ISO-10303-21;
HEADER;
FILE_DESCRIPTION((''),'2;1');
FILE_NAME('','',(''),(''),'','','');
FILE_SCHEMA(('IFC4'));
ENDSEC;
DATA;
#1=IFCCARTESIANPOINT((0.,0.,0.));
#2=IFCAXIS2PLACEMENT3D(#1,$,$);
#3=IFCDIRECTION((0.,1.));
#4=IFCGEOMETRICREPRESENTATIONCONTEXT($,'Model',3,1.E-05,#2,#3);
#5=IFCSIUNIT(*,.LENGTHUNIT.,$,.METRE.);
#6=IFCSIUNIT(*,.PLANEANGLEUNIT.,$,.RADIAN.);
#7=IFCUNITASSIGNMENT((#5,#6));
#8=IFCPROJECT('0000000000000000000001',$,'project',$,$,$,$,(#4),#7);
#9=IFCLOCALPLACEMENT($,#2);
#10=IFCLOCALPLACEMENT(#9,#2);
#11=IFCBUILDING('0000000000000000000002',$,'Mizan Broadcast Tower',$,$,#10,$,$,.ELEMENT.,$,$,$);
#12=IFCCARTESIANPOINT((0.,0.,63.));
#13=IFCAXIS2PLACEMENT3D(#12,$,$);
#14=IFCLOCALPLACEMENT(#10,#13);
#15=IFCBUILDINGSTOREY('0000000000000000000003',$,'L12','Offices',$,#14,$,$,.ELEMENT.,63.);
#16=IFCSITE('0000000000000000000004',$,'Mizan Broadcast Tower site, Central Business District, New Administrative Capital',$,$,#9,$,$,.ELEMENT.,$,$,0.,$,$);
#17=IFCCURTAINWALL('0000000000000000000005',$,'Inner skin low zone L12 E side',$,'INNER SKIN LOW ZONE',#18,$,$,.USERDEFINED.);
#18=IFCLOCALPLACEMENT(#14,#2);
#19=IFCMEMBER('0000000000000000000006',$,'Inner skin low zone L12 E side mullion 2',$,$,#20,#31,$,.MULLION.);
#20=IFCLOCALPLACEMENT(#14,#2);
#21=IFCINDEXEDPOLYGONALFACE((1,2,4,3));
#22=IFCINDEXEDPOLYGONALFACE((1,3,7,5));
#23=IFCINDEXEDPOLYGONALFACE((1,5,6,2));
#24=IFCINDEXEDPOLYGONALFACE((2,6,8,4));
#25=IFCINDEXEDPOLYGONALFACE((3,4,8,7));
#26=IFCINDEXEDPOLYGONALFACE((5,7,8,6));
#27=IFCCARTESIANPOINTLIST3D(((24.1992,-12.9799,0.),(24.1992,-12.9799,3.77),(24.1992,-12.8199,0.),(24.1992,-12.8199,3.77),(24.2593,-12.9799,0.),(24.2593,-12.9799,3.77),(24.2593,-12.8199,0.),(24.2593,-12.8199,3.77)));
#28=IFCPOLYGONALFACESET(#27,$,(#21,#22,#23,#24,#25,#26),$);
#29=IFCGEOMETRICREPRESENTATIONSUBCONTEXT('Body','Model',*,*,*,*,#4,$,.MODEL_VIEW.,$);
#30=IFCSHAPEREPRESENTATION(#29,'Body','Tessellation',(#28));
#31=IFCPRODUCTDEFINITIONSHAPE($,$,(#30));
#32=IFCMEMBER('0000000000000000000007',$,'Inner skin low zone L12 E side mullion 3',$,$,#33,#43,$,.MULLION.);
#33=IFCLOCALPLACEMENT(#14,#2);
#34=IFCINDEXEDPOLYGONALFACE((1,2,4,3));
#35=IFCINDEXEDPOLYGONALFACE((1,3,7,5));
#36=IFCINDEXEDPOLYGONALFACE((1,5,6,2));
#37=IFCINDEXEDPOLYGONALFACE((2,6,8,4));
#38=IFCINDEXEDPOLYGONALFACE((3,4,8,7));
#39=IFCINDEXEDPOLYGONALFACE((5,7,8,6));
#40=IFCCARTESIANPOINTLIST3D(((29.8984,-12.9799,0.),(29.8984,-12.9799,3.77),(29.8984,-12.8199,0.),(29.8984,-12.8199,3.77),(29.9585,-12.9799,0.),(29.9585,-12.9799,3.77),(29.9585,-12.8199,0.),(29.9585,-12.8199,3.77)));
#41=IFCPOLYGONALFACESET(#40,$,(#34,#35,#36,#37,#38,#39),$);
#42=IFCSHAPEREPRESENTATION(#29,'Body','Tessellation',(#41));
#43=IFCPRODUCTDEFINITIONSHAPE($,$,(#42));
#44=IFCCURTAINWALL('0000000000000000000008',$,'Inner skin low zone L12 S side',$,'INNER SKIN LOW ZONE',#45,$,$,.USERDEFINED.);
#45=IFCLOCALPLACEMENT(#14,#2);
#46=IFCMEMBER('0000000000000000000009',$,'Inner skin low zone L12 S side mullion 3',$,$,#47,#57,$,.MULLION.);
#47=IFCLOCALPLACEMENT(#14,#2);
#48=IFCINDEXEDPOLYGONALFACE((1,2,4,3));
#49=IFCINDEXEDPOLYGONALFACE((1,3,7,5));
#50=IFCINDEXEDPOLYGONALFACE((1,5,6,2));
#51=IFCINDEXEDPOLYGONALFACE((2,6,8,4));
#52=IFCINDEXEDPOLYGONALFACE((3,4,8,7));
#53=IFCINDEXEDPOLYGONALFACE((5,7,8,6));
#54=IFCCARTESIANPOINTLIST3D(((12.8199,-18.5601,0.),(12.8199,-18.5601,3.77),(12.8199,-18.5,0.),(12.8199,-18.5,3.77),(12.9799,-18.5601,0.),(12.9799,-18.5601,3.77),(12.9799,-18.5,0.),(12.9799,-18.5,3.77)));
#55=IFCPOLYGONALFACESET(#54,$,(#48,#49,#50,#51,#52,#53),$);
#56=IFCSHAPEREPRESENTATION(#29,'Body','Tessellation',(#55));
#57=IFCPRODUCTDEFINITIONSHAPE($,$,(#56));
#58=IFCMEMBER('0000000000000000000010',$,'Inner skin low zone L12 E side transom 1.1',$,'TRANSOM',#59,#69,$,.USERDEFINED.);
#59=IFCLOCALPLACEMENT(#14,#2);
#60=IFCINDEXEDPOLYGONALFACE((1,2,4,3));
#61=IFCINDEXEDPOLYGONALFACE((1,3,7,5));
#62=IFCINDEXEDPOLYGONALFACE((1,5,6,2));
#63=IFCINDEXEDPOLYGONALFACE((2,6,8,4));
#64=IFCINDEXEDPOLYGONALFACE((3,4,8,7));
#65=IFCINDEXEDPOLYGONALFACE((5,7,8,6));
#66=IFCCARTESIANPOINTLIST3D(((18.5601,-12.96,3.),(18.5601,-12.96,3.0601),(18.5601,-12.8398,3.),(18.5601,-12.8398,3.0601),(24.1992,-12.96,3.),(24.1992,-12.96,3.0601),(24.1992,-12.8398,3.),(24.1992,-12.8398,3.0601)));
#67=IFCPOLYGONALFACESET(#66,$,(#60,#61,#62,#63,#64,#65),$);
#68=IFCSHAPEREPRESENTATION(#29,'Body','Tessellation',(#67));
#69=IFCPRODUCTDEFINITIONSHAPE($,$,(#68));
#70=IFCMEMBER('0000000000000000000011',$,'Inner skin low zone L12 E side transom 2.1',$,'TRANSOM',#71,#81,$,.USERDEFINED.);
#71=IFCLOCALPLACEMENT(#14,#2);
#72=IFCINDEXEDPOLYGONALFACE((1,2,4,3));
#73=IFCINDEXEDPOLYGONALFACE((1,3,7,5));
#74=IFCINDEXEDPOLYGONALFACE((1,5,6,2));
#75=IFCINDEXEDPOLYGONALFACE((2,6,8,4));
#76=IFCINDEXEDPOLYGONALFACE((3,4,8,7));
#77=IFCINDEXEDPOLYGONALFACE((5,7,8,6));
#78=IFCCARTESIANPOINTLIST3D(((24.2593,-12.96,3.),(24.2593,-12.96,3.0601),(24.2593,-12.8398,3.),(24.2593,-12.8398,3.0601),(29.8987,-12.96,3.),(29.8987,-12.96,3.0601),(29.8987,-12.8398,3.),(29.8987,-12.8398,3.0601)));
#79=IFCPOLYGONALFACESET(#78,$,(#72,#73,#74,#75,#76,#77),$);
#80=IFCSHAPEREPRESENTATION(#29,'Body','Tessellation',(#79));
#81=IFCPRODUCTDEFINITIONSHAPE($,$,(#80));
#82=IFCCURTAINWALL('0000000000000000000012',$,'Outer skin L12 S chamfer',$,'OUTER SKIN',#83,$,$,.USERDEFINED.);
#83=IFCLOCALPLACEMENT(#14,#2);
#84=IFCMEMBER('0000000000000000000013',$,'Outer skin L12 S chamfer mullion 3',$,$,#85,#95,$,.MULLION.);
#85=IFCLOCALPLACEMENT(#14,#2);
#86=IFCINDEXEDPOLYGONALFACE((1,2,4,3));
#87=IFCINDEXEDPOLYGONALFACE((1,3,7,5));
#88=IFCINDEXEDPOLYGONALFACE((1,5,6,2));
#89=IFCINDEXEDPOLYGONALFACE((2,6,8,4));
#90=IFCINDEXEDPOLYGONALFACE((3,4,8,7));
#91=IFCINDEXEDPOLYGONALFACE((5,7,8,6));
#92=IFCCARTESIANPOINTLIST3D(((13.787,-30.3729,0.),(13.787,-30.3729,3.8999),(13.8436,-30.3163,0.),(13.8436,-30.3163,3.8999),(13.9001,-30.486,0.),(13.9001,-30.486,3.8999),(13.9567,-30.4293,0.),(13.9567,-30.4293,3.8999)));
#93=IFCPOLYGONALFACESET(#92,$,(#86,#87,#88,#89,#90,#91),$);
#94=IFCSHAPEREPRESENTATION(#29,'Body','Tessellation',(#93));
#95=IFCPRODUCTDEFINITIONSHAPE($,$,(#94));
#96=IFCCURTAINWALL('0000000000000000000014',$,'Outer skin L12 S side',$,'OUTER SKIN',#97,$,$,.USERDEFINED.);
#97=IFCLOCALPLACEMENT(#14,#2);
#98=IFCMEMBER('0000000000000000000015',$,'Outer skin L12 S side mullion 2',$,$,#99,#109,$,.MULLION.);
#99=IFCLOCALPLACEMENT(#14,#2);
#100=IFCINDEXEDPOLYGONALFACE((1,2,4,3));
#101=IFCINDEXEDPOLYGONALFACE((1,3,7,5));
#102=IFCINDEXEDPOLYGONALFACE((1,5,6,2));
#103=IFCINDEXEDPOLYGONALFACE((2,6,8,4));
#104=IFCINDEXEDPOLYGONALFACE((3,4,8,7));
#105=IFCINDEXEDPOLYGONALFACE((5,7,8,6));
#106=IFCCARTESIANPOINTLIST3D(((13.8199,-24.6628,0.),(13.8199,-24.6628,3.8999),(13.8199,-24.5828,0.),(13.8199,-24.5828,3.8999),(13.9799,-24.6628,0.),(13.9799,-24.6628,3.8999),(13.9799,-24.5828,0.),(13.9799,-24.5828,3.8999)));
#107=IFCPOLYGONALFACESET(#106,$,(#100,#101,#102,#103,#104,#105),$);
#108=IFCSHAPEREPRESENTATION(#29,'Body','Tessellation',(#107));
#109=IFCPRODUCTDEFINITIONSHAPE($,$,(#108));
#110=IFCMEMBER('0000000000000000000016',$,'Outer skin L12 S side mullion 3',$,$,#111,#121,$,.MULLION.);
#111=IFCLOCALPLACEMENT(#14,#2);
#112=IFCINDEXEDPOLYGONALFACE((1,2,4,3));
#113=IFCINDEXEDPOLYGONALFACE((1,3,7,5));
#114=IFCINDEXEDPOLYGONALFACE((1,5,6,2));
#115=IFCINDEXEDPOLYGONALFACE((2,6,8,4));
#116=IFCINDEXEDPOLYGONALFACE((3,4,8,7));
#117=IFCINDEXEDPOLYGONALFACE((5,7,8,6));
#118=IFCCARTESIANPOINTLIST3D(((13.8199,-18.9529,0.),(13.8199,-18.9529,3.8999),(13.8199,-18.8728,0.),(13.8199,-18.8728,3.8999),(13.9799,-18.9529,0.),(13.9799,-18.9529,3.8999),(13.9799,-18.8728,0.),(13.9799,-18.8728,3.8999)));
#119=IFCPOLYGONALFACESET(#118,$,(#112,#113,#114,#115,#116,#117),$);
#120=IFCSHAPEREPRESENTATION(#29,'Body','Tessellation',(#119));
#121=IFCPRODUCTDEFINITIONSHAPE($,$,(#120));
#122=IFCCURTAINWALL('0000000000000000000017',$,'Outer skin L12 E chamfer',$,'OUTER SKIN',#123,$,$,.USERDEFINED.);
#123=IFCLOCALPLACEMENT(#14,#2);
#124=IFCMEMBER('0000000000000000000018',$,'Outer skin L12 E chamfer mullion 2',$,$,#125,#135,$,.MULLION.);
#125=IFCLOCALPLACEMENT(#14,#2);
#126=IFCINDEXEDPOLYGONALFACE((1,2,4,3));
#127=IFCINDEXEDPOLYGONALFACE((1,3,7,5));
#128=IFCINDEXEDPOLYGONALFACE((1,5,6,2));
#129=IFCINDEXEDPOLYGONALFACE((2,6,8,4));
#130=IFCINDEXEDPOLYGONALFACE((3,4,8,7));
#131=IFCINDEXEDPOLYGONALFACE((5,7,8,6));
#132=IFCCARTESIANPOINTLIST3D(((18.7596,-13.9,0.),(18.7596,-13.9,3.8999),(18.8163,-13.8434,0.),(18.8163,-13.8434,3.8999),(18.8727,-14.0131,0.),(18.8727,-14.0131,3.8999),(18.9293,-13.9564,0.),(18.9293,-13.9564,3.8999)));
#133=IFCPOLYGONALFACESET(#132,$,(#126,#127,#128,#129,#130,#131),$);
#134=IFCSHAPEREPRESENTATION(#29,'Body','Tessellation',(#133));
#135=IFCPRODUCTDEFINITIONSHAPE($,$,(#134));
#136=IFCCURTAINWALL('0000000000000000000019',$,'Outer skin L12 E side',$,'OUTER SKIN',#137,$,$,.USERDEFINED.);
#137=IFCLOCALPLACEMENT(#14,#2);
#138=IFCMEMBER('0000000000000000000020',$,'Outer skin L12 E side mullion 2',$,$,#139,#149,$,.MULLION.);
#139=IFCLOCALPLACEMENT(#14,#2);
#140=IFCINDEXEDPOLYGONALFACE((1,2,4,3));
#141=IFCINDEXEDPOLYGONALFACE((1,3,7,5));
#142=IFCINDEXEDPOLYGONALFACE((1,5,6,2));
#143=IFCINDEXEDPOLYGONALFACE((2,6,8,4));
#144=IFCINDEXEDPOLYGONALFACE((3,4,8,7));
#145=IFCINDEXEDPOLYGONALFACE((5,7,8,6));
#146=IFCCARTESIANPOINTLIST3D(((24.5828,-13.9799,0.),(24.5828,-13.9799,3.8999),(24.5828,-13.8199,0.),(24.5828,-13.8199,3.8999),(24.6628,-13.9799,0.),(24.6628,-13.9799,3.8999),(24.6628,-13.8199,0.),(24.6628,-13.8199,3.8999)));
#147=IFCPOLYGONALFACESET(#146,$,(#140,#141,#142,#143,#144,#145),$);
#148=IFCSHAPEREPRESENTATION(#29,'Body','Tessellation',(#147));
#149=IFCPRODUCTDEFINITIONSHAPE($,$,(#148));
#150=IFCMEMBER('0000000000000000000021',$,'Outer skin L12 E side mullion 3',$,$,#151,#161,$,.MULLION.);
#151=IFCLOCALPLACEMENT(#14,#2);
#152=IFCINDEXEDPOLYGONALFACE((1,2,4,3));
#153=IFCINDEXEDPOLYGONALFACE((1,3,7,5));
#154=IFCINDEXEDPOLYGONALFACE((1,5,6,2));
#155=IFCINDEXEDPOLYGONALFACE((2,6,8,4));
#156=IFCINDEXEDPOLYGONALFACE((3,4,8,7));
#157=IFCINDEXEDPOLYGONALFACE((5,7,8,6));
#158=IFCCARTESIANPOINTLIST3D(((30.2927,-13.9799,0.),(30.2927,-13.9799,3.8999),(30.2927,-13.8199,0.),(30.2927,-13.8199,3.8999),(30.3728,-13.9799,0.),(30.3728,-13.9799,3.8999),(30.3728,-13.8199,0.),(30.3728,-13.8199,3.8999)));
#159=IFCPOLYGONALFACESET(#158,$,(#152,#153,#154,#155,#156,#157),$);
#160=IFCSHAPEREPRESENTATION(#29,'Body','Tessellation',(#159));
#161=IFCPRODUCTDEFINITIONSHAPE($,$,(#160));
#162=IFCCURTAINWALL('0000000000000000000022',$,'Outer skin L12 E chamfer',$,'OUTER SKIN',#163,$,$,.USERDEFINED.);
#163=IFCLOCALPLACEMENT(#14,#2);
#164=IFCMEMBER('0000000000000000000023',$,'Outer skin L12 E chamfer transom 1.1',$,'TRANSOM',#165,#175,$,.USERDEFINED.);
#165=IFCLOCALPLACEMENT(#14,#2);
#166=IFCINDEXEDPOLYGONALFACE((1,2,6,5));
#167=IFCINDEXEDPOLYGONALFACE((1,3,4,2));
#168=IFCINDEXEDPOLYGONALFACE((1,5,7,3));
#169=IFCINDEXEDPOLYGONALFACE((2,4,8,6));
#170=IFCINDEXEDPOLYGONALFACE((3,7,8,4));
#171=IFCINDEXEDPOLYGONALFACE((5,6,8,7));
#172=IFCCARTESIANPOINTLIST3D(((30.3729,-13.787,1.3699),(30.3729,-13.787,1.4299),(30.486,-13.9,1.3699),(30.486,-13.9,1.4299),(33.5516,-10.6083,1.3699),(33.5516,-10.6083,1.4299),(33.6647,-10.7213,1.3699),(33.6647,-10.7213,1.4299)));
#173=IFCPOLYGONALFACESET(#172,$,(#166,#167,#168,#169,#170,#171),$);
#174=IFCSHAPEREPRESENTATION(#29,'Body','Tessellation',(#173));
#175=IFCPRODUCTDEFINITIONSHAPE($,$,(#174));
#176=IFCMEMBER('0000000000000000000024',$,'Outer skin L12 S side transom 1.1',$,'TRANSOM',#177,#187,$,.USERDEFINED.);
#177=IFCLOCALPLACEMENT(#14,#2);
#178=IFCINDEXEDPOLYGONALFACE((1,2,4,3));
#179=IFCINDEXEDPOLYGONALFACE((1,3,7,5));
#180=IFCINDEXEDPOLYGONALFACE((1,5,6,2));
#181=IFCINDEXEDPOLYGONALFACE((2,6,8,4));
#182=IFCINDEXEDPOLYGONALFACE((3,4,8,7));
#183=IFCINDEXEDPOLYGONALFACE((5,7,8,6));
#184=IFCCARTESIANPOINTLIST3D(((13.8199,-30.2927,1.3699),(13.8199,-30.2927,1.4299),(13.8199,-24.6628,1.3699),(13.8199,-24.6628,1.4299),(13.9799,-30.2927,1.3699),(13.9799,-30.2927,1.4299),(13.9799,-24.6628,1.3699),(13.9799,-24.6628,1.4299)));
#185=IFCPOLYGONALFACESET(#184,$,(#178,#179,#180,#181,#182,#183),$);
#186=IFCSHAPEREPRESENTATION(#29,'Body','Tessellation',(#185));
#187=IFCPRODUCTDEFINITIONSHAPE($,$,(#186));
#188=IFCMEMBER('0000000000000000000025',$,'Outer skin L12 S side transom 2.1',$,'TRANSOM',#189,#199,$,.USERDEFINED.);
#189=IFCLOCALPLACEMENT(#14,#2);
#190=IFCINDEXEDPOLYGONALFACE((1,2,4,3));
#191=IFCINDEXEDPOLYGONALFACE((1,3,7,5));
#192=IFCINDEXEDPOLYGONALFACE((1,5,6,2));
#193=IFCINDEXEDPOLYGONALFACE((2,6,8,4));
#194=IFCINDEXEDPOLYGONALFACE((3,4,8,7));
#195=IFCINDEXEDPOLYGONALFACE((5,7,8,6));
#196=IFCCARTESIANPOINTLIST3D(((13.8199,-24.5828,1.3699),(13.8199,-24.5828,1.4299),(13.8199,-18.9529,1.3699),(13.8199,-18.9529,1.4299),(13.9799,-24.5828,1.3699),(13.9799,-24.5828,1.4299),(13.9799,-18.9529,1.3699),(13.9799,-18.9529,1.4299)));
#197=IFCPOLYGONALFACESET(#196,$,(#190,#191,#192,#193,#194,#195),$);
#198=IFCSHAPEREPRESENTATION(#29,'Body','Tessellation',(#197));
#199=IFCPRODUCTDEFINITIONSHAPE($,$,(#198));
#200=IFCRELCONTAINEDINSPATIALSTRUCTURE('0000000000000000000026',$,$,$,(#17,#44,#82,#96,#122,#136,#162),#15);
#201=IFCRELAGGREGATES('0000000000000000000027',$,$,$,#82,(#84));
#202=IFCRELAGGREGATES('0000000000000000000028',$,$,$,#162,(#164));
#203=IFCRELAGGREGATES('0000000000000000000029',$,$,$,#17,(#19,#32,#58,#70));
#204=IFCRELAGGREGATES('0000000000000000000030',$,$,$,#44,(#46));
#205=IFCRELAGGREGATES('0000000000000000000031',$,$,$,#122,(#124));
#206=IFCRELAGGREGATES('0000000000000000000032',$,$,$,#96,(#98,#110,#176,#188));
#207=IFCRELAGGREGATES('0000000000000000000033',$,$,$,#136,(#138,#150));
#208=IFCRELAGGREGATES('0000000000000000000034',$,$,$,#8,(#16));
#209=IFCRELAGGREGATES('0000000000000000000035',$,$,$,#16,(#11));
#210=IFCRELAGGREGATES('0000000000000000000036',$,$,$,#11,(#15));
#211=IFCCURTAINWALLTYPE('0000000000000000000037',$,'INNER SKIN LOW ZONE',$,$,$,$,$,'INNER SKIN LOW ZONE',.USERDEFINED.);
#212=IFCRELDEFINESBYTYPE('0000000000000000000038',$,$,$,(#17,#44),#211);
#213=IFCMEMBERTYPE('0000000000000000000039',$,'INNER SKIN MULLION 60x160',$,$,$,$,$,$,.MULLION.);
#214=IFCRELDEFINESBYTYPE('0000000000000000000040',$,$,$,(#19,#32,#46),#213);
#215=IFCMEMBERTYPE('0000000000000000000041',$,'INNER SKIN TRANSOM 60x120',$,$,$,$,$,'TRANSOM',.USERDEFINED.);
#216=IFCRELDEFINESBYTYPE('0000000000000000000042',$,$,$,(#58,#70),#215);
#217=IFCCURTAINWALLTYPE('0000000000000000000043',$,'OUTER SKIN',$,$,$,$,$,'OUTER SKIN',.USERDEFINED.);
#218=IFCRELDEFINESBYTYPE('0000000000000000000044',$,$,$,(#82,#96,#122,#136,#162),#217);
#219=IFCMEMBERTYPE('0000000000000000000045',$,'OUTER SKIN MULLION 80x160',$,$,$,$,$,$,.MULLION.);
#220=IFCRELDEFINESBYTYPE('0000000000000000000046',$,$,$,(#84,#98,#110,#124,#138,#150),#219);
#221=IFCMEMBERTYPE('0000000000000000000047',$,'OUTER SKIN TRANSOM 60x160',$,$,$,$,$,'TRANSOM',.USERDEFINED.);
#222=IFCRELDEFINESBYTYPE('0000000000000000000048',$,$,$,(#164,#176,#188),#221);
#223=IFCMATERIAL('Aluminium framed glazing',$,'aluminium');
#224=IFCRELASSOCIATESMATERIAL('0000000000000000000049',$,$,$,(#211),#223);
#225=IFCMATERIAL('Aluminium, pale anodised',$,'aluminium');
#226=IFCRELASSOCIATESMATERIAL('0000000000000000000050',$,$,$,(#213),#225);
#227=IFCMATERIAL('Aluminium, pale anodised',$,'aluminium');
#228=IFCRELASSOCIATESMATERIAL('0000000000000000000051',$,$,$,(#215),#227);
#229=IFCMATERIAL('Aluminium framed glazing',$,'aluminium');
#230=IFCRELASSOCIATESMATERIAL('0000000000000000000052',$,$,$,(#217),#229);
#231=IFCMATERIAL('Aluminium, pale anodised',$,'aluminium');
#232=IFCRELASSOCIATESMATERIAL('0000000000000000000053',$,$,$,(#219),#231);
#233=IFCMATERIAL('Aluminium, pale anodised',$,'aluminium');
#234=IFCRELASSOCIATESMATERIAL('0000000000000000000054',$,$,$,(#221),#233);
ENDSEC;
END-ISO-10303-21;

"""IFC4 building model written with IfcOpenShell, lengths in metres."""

from ifc_helpers import new_model, si_unit, direction, frame, origin, origin_2d, place, context, subcontext, project, spatial, rectangle, extrude, material, material_profile, profile_set, type_object, element, aggregate, save


model = new_model("IFC4")

# Units and contexts
model_context = context("Model", 3, precision=1e-05, world=origin(), true_north=direction((0.0, 1.0)))
body_context = subcontext(model_context, "Body", "Model", "MODEL_VIEW")
ifc_project = project(units=[si_unit("LENGTHUNIT", "METRE"), si_unit("PLANEANGLEUNIT", "RADIAN")], contexts=[model_context])

# Site, building, storey
site_placement = place(None, origin())
site = spatial("IfcSite", under=ifc_project, at=site_placement, Name="Mizan Broadcast Tower site, Central Business District, New Administrative Capital", CompositionType="ELEMENT", RefElevation=0.0)
building_placement = place(site_placement, origin())
building = spatial("IfcBuilding", under=site, at=building_placement, Name="Mizan Broadcast Tower", CompositionType="ELEMENT")
storey_placement = place(building_placement, frame((0.0, 0.0, 63.0)))
storey = spatial("IfcBuildingStorey", under=building, at=storey_placement, Name="L12", Description="Offices", CompositionType="ELEMENT", Elevation=63.0)

# Curtain wall, members
ifc_material_1 = material(Name="Aluminium framed glazing", Category="aluminium")
curtain_wall_type_1 = type_object("IfcCurtainWallType", Name="INNER SKIN LOW ZONE", ElementType="INNER SKIN LOW ZONE", PredefinedType="USERDEFINED", material=ifc_material_1)
curtain_wall_1_placement = place(storey_placement, origin())
curtain_wall_1 = element("IfcCurtainWall", 1, at=curtain_wall_1_placement, inside=storey, type_object=curtain_wall_type_1, Name="Inner skin low zone L12 E side", ObjectType="INNER SKIN LOW ZONE", PredefinedType="USERDEFINED")
ifc_material_2 = material(Name="Aluminium, pale anodised", Category="aluminium")
ifc_material_profile_1 = material_profile(ifc_material_2, rectangle(XDim=0.1599, YDim=0.0601, at=origin_2d()), Name="MULLION 160x60")
ifc_profile_set_1 = profile_set([ifc_material_profile_1], Name="Aluminium, pale anodised")
member_type_1 = type_object("IfcMemberType", Name="INNER SKIN MULLION 60x160", PredefinedType="MULLION", material=ifc_profile_set_1)
member_1_placement = place(storey_placement, frame((24.2292, -12.8999, 0.0), z_axis=(0.0, 0.0, 1.0), x_axis=(0.0, 1.0, 0.0)))
member_1 = element("IfcMember", 2, at=member_1_placement, type_object=member_type_1, Name="Inner skin low zone L12 E side mullion 2", PredefinedType="MULLION", context=body_context, shape_type="SweptSolid", body=[
    extrude(rectangle(XDim=0.1599, YDim=0.0601, at=origin_2d()), origin(), (0.0, 0.0, 1.0), 3.77),
])
member_2_placement = place(storey_placement, frame((29.9285, -12.8999, 0.0), z_axis=(0.0, 0.0, 1.0), x_axis=(0.0, 1.0, 0.0)))
member_2 = element("IfcMember", 3, at=member_2_placement, type_object=member_type_1, Name="Inner skin low zone L12 E side mullion 3", PredefinedType="MULLION", context=body_context, shape_type="SweptSolid", body=[
    extrude(rectangle(XDim=0.1599, YDim=0.0601, at=origin_2d()), origin(), (0.0, 0.0, 1.0), 3.77),
])

# Curtain wall, member
curtain_wall_2_placement = place(storey_placement, origin())
curtain_wall_2 = element("IfcCurtainWall", 4, at=curtain_wall_2_placement, inside=storey, type_object=curtain_wall_type_1, Name="Inner skin low zone L12 S side", ObjectType="INNER SKIN LOW ZONE", PredefinedType="USERDEFINED")
member_3_placement = place(storey_placement, frame((12.8999, -18.53, 0.0), z_axis=(0.0, 0.0, 1.0), x_axis=(-1.0, 0.0, 0.0)))
member_3 = element("IfcMember", 5, at=member_3_placement, type_object=member_type_1, Name="Inner skin low zone L12 S side mullion 3", PredefinedType="MULLION", context=body_context, shape_type="SweptSolid", body=[
    extrude(rectangle(XDim=0.1599, YDim=0.0601, at=origin_2d()), origin(), (0.0, 0.0, 1.0), 3.77),
])

# Members
ifc_material_3 = material(Name="Aluminium, pale anodised", Category="aluminium")
ifc_material_profile_2 = material_profile(ifc_material_3, rectangle(XDim=0.1201, YDim=0.0601, at=origin_2d()), Name="TRANSOM 120x60")
ifc_profile_set_2 = profile_set([ifc_material_profile_2], Name="Aluminium, pale anodised")
member_type_2 = type_object("IfcMemberType", Name="INNER SKIN TRANSOM 60x120", ElementType="TRANSOM", PredefinedType="USERDEFINED", material=ifc_profile_set_2)
member_4_placement = place(storey_placement, frame((18.5601, -12.8999, 3.03), z_axis=(1.0, 0.0, 0.0), x_axis=(0.0, 1.0, 0.0)))
member_4 = element("IfcMember", 6, at=member_4_placement, type_object=member_type_2, Name="Inner skin low zone L12 E side transom 1.1", ObjectType="TRANSOM", PredefinedType="USERDEFINED", context=body_context, shape_type="SweptSolid", body=[
    extrude(rectangle(XDim=0.1201, YDim=0.0601, at=origin_2d()), origin(), (0.0, 0.0, 1.0), 5.6392),
])
member_5_placement = place(storey_placement, frame((24.2593, -12.8999, 3.03), z_axis=(1.0, 0.0, 0.0), x_axis=(0.0, 1.0, 0.0)))
member_5 = element("IfcMember", 7, at=member_5_placement, type_object=member_type_2, Name="Inner skin low zone L12 E side transom 2.1", ObjectType="TRANSOM", PredefinedType="USERDEFINED", context=body_context, shape_type="SweptSolid", body=[
    extrude(rectangle(XDim=0.1201, YDim=0.0601, at=origin_2d()), origin(), (0.0, 0.0, 1.0), 5.6394),
])

# Curtain wall, member
ifc_material_4 = material(Name="Aluminium framed glazing", Category="aluminium")
curtain_wall_type_2 = type_object("IfcCurtainWallType", Name="OUTER SKIN", ElementType="OUTER SKIN", PredefinedType="USERDEFINED", material=ifc_material_4)
curtain_wall_3_placement = place(storey_placement, origin())
curtain_wall_3 = element("IfcCurtainWall", 8, at=curtain_wall_3_placement, inside=storey, type_object=curtain_wall_type_2, Name="Outer skin L12 S chamfer", ObjectType="OUTER SKIN", PredefinedType="USERDEFINED")
ifc_material_5 = material(Name="Aluminium, pale anodised", Category="aluminium")
ifc_material_profile_3 = material_profile(ifc_material_5, rectangle(XDim=0.1599, YDim=0.0801, at=origin_2d()), Name="MULLION 160x80")
ifc_profile_set_3 = profile_set([ifc_material_profile_3], Name="Aluminium, pale anodised")
member_type_3 = type_object("IfcMemberType", Name="OUTER SKIN MULLION 80x160", PredefinedType="MULLION", material=ifc_profile_set_3)
member_6_placement = place(storey_placement, frame((13.8718, -30.4011, 0.0), z_axis=(0.0, 0.0, 1.0), x_axis=(-0.707107, 0.707107, 0.0)))
member_6 = element("IfcMember", 9, at=member_6_placement, type_object=member_type_3, Name="Outer skin L12 S chamfer mullion 3", PredefinedType="MULLION", context=body_context, shape_type="SweptSolid", body=[
    extrude(rectangle(XDim=0.1599, YDim=0.0801, at=origin_2d()), origin(), (0.0, 0.0, 1.0), 3.8999),
])
aggregate(curtain_wall_3, [member_6])

# Curtain wall, members
curtain_wall_4_placement = place(storey_placement, origin())
curtain_wall_4 = element("IfcCurtainWall", 10, at=curtain_wall_4_placement, inside=storey, type_object=curtain_wall_type_2, Name="Outer skin L12 S side", ObjectType="OUTER SKIN", PredefinedType="USERDEFINED")
member_7_placement = place(storey_placement, frame((13.8999, -24.6228, 0.0), z_axis=(0.0, 0.0, 1.0), x_axis=(-1.0, 0.0, 0.0)))
member_7 = element("IfcMember", 11, at=member_7_placement, type_object=member_type_3, Name="Outer skin L12 S side mullion 2", PredefinedType="MULLION", context=body_context, shape_type="SweptSolid", body=[
    extrude(rectangle(XDim=0.1599, YDim=0.0801, at=origin_2d()), origin(), (0.0, 0.0, 1.0), 3.8999),
])
member_8_placement = place(storey_placement, frame((13.8999, -18.9128, 0.0), z_axis=(0.0, 0.0, 1.0), x_axis=(-1.0, 0.0, 0.0)))
member_8 = element("IfcMember", 12, at=member_8_placement, type_object=member_type_3, Name="Outer skin L12 S side mullion 3", PredefinedType="MULLION", context=body_context, shape_type="SweptSolid", body=[
    extrude(rectangle(XDim=0.1599, YDim=0.0801, at=origin_2d()), origin(), (0.0, 0.0, 1.0), 3.8999),
])

# Curtain wall, member
curtain_wall_5_placement = place(storey_placement, origin())
curtain_wall_5 = element("IfcCurtainWall", 13, at=curtain_wall_5_placement, inside=storey, type_object=curtain_wall_type_2, Name="Outer skin L12 E chamfer", ObjectType="OUTER SKIN", PredefinedType="USERDEFINED")
member_9_placement = place(storey_placement, frame((18.8445, -13.9282, 0.0), z_axis=(0.0, 0.0, 1.0), x_axis=(-0.707107, 0.707107, 0.0)))
member_9 = element("IfcMember", 14, at=member_9_placement, type_object=member_type_3, Name="Outer skin L12 E chamfer mullion 2", PredefinedType="MULLION", context=body_context, shape_type="SweptSolid", body=[
    extrude(rectangle(XDim=0.1599, YDim=0.0801, at=origin_2d()), origin(), (0.0, 0.0, 1.0), 3.8999),
])

# Curtain wall, members
curtain_wall_6_placement = place(storey_placement, origin())
curtain_wall_6 = element("IfcCurtainWall", 15, at=curtain_wall_6_placement, inside=storey, type_object=curtain_wall_type_2, Name="Outer skin L12 E side", ObjectType="OUTER SKIN", PredefinedType="USERDEFINED")
member_10_placement = place(storey_placement, frame((24.6228, -13.8999, 0.0), z_axis=(0.0, 0.0, 1.0), x_axis=(0.0, 1.0, 0.0)))
member_10 = element("IfcMember", 16, at=member_10_placement, type_object=member_type_3, Name="Outer skin L12 E side mullion 2", PredefinedType="MULLION", context=body_context, shape_type="SweptSolid", body=[
    extrude(rectangle(XDim=0.1599, YDim=0.0801, at=origin_2d()), origin(), (0.0, 0.0, 1.0), 3.8999),
])
member_11_placement = place(storey_placement, frame((30.3328, -13.8999, 0.0), z_axis=(0.0, 0.0, 1.0), x_axis=(0.0, 1.0, 0.0)))
member_11 = element("IfcMember", 17, at=member_11_placement, type_object=member_type_3, Name="Outer skin L12 E side mullion 3", PredefinedType="MULLION", context=body_context, shape_type="SweptSolid", body=[
    extrude(rectangle(XDim=0.1599, YDim=0.0801, at=origin_2d()), origin(), (0.0, 0.0, 1.0), 3.8999),
])

# Curtain wall, member
curtain_wall_7_placement = place(storey_placement, origin())
curtain_wall_7 = element("IfcCurtainWall", 18, at=curtain_wall_7_placement, inside=storey, type_object=curtain_wall_type_2, Name="Outer skin L12 E chamfer", ObjectType="OUTER SKIN", PredefinedType="USERDEFINED")
ifc_material_6 = material(Name="Aluminium, pale anodised", Category="aluminium")
ifc_material_profile_4 = material_profile(ifc_material_6, rectangle(XDim=0.1599, YDim=0.0601, at=origin_2d()), Name="TRANSOM 160x60")
ifc_profile_set_4 = profile_set([ifc_material_profile_4], Name="Aluminium, pale anodised")
member_type_4 = type_object("IfcMemberType", Name="OUTER SKIN TRANSOM 60x160", ElementType="TRANSOM", PredefinedType="USERDEFINED", material=ifc_profile_set_4)
member_12_placement = place(storey_placement, frame((30.4294, -13.8435, 1.3999), z_axis=(0.707107, 0.707107, 0.0), x_axis=(-0.707107, 0.707107, 0.0)))
member_12 = element("IfcMember", 19, at=member_12_placement, type_object=member_type_4, Name="Outer skin L12 E chamfer transom 1.1", ObjectType="TRANSOM", PredefinedType="USERDEFINED", context=body_context, shape_type="SweptSolid", body=[
    extrude(rectangle(XDim=0.1599, YDim=0.0601, at=origin_2d()), origin(), (0.0, 0.0, 1.0), 4.4954),
])
aggregate(curtain_wall_7, [member_12])

# Members
member_13_placement = place(storey_placement, frame((13.8999, -30.2927, 1.3999), z_axis=(0.0, 1.0, 0.0), x_axis=(-1.0, 0.0, 0.0)))
member_13 = element("IfcMember", 20, at=member_13_placement, type_object=member_type_4, Name="Outer skin L12 S side transom 1.1", ObjectType="TRANSOM", PredefinedType="USERDEFINED", context=body_context, shape_type="SweptSolid", body=[
    extrude(rectangle(XDim=0.1599, YDim=0.0601, at=origin_2d()), origin(), (0.0, 0.0, 1.0), 5.6299),
])
member_14_placement = place(storey_placement, frame((13.8999, -24.5828, 1.3999), z_axis=(0.0, 1.0, 0.0), x_axis=(-1.0, 0.0, 0.0)))
member_14 = element("IfcMember", 21, at=member_14_placement, type_object=member_type_4, Name="Outer skin L12 S side transom 2.1", ObjectType="TRANSOM", PredefinedType="USERDEFINED", context=body_context, shape_type="SweptSolid", body=[
    extrude(rectangle(XDim=0.1599, YDim=0.0601, at=origin_2d()), origin(), (0.0, 0.0, 1.0), 5.6299),
])

aggregate(curtain_wall_1, [member_1, member_2, member_4, member_5])
aggregate(curtain_wall_2, [member_3])
aggregate(curtain_wall_5, [member_9])
aggregate(curtain_wall_4, [member_7, member_8, member_13, member_14])
aggregate(curtain_wall_6, [member_10, member_11])

save(model, "model.ifc")
